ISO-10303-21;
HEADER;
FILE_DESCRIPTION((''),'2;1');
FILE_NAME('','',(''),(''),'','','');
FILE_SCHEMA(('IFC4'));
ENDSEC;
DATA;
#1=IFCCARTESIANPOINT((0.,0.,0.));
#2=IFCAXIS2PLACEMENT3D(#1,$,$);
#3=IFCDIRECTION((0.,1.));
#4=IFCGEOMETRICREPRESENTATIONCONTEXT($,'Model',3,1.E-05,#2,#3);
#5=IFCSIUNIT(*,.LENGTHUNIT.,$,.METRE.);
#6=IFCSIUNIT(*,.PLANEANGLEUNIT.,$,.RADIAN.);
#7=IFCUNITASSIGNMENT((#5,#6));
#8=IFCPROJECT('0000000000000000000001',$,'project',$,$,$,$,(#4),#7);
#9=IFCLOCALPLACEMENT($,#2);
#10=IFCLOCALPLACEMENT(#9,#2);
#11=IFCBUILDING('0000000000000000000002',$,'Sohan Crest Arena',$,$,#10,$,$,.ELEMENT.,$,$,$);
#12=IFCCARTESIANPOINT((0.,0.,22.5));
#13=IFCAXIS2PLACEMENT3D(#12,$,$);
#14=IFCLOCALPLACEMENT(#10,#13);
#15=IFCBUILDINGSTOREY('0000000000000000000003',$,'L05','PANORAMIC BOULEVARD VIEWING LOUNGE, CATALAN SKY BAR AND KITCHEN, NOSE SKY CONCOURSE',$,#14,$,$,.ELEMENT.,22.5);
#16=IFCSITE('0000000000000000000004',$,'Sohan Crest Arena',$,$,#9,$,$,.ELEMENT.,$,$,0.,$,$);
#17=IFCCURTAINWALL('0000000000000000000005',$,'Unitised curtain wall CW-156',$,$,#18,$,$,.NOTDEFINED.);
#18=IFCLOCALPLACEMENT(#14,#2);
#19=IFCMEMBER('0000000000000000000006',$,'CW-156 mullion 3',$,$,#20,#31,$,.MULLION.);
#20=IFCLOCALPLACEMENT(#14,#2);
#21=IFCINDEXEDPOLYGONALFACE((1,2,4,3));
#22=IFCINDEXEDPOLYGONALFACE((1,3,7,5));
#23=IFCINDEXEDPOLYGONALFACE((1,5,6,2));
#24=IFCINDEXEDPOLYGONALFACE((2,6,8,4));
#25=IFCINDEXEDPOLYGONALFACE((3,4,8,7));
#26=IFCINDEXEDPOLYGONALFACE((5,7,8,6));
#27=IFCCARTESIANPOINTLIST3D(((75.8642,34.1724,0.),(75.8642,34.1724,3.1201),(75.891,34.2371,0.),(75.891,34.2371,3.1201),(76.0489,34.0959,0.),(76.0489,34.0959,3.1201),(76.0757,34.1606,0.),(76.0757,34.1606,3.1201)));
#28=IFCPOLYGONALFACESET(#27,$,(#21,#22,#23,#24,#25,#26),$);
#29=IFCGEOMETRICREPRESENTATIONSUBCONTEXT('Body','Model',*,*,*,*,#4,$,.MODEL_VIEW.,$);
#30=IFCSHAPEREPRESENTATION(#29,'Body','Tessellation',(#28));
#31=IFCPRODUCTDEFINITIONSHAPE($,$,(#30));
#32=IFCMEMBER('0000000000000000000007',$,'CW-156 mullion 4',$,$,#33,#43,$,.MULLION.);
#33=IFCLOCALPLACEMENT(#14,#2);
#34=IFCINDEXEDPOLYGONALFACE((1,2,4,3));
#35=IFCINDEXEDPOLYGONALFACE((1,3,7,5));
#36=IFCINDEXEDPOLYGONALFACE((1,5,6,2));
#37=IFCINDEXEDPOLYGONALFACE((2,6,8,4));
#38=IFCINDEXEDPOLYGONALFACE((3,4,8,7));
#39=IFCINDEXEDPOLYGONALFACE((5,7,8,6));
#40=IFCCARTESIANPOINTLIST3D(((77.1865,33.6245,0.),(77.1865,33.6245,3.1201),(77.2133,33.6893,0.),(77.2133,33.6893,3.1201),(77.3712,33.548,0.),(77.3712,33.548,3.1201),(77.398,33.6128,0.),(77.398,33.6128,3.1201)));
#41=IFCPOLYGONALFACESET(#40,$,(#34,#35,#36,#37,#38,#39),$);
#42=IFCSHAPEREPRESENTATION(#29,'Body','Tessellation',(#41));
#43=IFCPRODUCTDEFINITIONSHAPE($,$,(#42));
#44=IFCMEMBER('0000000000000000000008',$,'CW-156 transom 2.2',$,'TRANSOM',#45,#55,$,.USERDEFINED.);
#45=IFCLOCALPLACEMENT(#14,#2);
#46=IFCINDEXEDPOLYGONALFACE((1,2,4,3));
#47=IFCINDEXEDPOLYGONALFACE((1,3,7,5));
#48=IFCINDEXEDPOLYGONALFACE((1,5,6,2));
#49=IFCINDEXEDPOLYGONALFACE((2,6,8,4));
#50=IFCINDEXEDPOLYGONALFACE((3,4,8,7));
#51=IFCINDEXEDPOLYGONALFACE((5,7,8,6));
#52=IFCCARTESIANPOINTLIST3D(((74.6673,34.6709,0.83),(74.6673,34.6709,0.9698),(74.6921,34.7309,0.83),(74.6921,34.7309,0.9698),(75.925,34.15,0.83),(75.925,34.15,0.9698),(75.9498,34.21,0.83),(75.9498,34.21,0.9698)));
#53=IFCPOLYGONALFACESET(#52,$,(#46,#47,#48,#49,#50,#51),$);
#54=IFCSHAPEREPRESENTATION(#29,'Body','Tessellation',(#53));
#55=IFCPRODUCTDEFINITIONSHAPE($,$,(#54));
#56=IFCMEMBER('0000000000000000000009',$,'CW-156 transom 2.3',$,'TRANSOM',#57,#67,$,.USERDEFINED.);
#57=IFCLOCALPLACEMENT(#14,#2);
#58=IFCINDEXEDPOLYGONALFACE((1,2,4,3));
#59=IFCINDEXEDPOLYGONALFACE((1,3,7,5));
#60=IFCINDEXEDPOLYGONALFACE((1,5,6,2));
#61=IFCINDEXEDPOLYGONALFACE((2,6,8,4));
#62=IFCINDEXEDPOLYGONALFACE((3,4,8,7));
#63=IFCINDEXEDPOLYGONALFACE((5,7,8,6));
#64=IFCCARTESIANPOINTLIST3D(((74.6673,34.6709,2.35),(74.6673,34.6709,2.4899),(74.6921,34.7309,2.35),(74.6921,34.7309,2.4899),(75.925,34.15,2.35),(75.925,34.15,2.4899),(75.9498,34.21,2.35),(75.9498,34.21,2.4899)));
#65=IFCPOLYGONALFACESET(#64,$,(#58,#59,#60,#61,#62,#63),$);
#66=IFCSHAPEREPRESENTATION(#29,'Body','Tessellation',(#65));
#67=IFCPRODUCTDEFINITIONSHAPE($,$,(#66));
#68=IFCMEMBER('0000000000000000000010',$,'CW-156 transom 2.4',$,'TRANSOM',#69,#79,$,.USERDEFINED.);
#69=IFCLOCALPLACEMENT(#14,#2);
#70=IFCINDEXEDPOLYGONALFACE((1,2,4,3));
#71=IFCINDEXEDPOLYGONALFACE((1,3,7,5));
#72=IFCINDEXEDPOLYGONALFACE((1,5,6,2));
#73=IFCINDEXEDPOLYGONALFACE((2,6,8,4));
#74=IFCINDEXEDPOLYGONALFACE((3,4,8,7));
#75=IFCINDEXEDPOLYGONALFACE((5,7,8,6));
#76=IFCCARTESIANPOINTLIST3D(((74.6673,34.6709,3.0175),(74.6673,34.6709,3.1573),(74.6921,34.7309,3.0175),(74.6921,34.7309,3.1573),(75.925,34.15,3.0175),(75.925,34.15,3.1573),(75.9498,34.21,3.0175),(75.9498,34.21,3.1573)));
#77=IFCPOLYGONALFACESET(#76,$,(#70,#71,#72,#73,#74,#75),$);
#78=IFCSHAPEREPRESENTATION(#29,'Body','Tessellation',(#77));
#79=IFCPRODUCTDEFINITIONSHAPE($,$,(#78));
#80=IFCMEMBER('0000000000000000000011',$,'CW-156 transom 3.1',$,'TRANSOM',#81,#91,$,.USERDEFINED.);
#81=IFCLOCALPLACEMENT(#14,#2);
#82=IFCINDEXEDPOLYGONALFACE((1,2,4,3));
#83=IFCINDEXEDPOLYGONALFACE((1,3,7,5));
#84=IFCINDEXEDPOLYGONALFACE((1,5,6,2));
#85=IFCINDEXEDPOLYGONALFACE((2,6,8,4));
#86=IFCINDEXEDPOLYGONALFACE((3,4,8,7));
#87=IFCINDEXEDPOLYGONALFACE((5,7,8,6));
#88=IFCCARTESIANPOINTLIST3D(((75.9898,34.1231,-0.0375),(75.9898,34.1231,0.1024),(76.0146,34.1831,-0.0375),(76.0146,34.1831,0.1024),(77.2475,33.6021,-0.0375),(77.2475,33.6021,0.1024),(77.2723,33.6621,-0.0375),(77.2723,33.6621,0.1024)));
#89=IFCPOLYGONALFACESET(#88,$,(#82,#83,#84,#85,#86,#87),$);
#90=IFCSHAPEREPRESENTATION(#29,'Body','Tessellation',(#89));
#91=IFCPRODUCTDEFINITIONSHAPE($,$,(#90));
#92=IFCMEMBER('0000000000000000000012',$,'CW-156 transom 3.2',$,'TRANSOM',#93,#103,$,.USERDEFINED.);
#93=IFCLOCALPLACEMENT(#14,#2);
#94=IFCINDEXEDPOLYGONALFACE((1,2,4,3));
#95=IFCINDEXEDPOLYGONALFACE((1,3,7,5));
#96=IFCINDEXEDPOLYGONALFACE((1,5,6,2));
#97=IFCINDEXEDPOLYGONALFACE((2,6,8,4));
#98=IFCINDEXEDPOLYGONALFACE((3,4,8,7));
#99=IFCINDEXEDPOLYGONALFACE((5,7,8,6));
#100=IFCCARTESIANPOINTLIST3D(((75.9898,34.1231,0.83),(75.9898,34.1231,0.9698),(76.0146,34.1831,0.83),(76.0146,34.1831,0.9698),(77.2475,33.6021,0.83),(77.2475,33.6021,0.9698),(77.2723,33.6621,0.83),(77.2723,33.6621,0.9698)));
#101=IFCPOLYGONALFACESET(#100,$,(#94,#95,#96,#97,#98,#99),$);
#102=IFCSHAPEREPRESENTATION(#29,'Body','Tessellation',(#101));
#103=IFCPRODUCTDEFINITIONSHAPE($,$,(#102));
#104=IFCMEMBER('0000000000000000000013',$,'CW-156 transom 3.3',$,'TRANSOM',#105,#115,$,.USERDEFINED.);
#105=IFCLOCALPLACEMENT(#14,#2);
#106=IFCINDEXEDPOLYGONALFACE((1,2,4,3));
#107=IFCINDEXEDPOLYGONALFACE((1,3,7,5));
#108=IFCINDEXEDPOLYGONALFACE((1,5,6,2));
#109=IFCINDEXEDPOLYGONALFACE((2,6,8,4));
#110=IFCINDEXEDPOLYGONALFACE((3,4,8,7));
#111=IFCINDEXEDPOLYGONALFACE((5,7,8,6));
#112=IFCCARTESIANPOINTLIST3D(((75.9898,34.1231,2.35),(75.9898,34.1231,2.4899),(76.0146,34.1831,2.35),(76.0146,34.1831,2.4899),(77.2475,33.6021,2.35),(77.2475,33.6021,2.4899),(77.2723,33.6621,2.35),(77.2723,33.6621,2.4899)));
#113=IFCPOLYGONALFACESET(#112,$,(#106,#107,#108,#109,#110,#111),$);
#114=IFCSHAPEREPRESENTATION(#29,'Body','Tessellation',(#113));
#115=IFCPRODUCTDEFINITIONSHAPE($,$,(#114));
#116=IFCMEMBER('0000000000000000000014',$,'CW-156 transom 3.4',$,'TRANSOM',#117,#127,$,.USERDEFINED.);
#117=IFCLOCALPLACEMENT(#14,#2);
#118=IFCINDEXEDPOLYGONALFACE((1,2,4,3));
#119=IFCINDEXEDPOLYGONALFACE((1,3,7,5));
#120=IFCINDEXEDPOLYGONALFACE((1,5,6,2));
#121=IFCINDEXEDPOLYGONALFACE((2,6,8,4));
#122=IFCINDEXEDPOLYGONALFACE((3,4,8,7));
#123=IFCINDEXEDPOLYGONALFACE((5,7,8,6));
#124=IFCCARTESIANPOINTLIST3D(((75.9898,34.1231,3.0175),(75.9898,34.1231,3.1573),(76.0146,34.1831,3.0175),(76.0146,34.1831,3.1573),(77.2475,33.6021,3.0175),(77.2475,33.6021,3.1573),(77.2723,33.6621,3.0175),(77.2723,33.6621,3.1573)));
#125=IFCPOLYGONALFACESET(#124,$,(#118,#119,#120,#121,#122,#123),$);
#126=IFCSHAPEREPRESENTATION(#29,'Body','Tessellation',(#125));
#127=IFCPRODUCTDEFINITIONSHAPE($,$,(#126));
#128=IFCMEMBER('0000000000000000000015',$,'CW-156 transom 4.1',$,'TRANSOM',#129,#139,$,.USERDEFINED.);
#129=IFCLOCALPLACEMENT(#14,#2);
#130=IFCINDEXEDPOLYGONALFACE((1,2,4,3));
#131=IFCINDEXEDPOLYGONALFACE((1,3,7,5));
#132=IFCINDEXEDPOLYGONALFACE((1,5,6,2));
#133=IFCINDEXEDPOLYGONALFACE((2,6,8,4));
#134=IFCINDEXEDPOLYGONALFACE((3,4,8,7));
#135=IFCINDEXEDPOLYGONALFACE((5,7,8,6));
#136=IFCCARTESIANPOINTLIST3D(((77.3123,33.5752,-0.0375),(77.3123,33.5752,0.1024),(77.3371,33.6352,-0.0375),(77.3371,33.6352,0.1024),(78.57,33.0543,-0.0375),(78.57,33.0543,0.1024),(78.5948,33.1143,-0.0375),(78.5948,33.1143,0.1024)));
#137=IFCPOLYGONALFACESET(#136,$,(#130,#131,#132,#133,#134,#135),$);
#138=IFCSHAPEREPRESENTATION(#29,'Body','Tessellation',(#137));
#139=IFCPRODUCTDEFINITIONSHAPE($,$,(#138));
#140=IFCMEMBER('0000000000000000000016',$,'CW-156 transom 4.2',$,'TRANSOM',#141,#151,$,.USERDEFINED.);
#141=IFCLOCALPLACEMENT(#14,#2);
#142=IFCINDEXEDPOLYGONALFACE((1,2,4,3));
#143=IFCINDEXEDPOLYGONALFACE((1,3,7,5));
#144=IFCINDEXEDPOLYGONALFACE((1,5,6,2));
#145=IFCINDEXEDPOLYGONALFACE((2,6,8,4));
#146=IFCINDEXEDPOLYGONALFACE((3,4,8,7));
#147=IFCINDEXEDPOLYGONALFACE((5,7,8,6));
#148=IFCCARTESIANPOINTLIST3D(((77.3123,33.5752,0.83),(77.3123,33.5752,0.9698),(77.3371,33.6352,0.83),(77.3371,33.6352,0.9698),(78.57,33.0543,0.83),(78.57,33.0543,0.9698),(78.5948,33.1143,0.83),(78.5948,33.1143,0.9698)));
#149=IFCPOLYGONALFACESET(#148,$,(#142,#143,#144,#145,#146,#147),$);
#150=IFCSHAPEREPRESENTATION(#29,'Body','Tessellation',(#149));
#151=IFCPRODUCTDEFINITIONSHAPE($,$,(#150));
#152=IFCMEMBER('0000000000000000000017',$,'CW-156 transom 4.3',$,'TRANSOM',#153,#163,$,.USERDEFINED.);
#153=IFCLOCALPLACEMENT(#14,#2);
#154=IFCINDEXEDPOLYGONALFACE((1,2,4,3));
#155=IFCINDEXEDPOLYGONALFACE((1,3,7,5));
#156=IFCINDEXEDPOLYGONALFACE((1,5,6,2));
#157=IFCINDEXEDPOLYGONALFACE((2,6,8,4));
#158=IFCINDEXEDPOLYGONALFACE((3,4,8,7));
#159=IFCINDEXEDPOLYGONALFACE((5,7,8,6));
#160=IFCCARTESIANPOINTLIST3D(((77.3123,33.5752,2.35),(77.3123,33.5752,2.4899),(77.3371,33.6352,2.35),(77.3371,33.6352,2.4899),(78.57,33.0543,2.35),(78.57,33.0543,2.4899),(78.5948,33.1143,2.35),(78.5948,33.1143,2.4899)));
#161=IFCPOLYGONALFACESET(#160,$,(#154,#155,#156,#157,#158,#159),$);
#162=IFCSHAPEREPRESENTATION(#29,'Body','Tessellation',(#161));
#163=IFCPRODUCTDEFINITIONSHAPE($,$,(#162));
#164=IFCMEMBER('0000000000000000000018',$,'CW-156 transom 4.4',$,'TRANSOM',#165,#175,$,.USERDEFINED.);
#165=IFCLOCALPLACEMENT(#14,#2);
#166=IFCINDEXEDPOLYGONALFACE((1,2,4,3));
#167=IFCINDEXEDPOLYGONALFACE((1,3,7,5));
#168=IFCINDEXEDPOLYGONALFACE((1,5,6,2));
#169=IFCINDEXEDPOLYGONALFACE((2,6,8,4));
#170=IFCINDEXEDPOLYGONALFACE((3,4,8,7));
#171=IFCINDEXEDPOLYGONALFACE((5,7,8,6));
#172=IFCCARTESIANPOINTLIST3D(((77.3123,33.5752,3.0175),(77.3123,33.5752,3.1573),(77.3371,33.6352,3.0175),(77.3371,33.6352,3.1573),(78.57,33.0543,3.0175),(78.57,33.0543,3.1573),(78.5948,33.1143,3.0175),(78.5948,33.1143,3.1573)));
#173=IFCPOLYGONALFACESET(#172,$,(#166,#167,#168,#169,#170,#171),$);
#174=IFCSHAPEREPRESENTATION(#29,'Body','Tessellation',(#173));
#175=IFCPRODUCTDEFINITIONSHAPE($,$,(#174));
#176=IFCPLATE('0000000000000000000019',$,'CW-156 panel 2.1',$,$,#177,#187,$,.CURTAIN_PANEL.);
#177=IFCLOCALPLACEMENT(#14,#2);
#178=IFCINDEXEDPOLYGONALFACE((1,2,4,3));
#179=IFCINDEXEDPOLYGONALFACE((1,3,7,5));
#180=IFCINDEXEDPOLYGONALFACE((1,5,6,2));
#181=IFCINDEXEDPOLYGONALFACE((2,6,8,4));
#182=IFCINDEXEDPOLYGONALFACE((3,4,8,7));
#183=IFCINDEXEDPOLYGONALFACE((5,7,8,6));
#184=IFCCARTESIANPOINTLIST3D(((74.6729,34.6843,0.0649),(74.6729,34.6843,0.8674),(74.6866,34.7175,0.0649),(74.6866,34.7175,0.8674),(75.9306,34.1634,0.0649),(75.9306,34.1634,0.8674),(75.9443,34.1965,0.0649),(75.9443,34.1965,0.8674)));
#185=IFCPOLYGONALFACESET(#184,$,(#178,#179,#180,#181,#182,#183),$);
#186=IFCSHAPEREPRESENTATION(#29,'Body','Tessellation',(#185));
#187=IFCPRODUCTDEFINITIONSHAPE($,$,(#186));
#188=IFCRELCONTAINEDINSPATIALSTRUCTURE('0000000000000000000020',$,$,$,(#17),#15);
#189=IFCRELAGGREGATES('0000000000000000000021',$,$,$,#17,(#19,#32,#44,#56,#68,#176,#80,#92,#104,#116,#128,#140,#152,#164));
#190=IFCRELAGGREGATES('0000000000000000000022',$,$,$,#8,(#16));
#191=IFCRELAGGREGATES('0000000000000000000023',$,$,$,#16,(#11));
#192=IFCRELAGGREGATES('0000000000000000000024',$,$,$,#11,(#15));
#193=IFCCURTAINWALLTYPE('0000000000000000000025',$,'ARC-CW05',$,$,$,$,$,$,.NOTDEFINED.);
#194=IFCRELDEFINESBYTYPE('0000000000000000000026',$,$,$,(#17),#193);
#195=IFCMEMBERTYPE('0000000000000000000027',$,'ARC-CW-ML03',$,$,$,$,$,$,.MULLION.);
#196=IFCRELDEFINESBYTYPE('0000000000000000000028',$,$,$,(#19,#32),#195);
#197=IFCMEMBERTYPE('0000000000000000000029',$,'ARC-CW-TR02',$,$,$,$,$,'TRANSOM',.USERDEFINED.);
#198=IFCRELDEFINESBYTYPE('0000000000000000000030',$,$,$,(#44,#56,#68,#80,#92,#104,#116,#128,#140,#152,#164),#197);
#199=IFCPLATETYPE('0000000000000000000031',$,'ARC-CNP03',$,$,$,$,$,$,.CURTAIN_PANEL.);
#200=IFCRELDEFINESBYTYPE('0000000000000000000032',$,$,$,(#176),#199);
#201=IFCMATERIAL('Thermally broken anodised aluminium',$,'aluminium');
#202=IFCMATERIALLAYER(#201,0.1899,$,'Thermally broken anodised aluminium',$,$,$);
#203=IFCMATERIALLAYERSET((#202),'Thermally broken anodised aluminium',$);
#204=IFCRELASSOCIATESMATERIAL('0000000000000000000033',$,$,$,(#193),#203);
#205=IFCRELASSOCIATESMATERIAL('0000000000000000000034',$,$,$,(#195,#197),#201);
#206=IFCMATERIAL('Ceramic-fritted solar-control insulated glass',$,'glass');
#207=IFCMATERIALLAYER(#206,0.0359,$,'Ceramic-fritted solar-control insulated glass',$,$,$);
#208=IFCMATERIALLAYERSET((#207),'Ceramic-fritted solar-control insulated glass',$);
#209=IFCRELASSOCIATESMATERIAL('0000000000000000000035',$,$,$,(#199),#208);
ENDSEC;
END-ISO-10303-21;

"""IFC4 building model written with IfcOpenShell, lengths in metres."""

from ifc_helpers import new_model, si_unit, direction, frame, origin, origin_2d, place, context, subcontext, project, spatial, rectangle, extrude, material, layer, layer_set, material_profile, profile_set, type_object, element, aggregate, save


model = new_model("IFC4")

# Units and contexts
model_context = context("Model", 3, precision=1e-05, world=origin(), true_north=direction((0.0, 1.0)))
body_context = subcontext(model_context, "Body", "Model", "MODEL_VIEW")
ifc_project = project(units=[si_unit("LENGTHUNIT", "METRE"), si_unit("PLANEANGLEUNIT", "RADIAN")], contexts=[model_context])

# Site, building, storey
site_placement = place(None, origin())
site = spatial("IfcSite", under=ifc_project, at=site_placement, Name="Sohan Crest Arena", CompositionType="ELEMENT", RefElevation=0.0)
building_placement = place(site_placement, origin())
building = spatial("IfcBuilding", under=site, at=building_placement, Name="Sohan Crest Arena", CompositionType="ELEMENT")
storey_placement = place(building_placement, frame((0.0, 0.0, 22.5)))
storey = spatial("IfcBuildingStorey", under=building, at=storey_placement, Name="L05", Description="PANORAMIC BOULEVARD VIEWING LOUNGE, CATALAN SKY BAR AND KITCHEN, NOSE SKY CONCOURSE", CompositionType="ELEMENT", Elevation=22.5)

# Curtain wall, members, plate
ifc_material_1 = material(Name="Thermally broken anodised aluminium", Category="aluminium")
ifc_layer_1 = layer(ifc_material_1, 0.1899, Name="Thermally broken anodised aluminium")
ifc_layer_set_1 = layer_set([ifc_layer_1], Name="Thermally broken anodised aluminium")
curtain_wall_type = type_object("IfcCurtainWallType", Name="ARC-CW05", PredefinedType="NOTDEFINED", material=ifc_layer_set_1)
curtain_wall_placement = place(storey_placement, origin())
curtain_wall = element("IfcCurtainWall", 1, at=curtain_wall_placement, inside=storey, type_object=curtain_wall_type, Name="Unitised curtain wall CW-156", PredefinedType="NOTDEFINED")
ifc_material_profile_1 = material_profile(ifc_material_1, rectangle(XDim=0.0701, YDim=0.2, at=origin_2d()), Name="ALU-MULL 70x200")
ifc_profile_set_1 = profile_set([ifc_material_profile_1], Name="Thermally broken anodised aluminium")
member_type_1 = type_object("IfcMemberType", Name="ARC-CW-ML03", PredefinedType="MULLION", material=ifc_profile_set_1)
member_1_placement = place(storey_placement, frame((75.97, 34.1665, 0.0), z_axis=(0.0, 0.0, 1.0), x_axis=(0.382685, 0.923879, 0.0)))
member_1 = element("IfcMember", 2, at=member_1_placement, type_object=member_type_1, Name="CW-156 mullion 3", PredefinedType="MULLION", context=body_context, shape_type="SweptSolid", body=[
    extrude(rectangle(XDim=0.0701, YDim=0.2, at=origin_2d()), origin(), (0.0, 0.0, 1.0), 3.1201),
])
member_2_placement = place(storey_placement, frame((77.2922, 33.6187, 0.0), z_axis=(0.0, 0.0, 1.0), x_axis=(0.382685, 0.923879, 0.0)))
member_2 = element("IfcMember", 3, at=member_2_placement, type_object=member_type_1, Name="CW-156 mullion 4", PredefinedType="MULLION", context=body_context, shape_type="SweptSolid", body=[
    extrude(rectangle(XDim=0.0701, YDim=0.2, at=origin_2d()), origin(), (0.0, 0.0, 1.0), 3.1201),
])
ifc_material_profile_2 = material_profile(ifc_material_1, rectangle(XDim=0.0649, YDim=0.1399, at=origin_2d()), Name="ALU-TRAN 65x140")
ifc_profile_set_2 = profile_set([ifc_material_profile_2], Name="Thermally broken anodised aluminium")
member_type_2 = type_object("IfcMemberType", Name="ARC-CW-TR02", ElementType="TRANSOM", PredefinedType="USERDEFINED", material=ifc_profile_set_2)
member_3_placement = place(storey_placement, frame((74.6797, 34.7009, 0.8999), z_axis=(0.923881, -0.382679, 0.0), x_axis=(0.382679, 0.923881, 0.0)))
member_3 = element("IfcMember", 4, at=member_3_placement, type_object=member_type_2, Name="CW-156 transom 2.2", ObjectType="TRANSOM", PredefinedType="USERDEFINED", context=body_context, shape_type="SweptSolid", body=[
    extrude(rectangle(XDim=0.0649, YDim=0.1399, at=origin_2d()), origin(), (0.0, 0.0, 1.0), 1.3613),
])
member_4_placement = place(storey_placement, frame((74.6797, 34.7009, 2.4199), z_axis=(0.923881, -0.382679, 0.0), x_axis=(0.382679, 0.923881, 0.0)))
member_4 = element("IfcMember", 5, at=member_4_placement, type_object=member_type_2, Name="CW-156 transom 2.3", ObjectType="TRANSOM", PredefinedType="USERDEFINED", context=body_context, shape_type="SweptSolid", body=[
    extrude(rectangle(XDim=0.0649, YDim=0.1399, at=origin_2d()), origin(), (0.0, 0.0, 1.0), 1.3613),
])
member_5_placement = place(storey_placement, frame((74.6797, 34.7009, 3.0874), z_axis=(0.923881, -0.382679, 0.0), x_axis=(0.382679, 0.923881, 0.0)))
member_5 = element("IfcMember", 6, at=member_5_placement, type_object=member_type_2, Name="CW-156 transom 2.4", ObjectType="TRANSOM", PredefinedType="USERDEFINED", context=body_context, shape_type="SweptSolid", body=[
    extrude(rectangle(XDim=0.0649, YDim=0.1399, at=origin_2d()), origin(), (0.0, 0.0, 1.0), 1.3613),
])
member_6_placement = place(storey_placement, frame((76.0022, 34.1531, 0.0325), z_axis=(0.923881, -0.382679, 0.0), x_axis=(0.382679, 0.923881, 0.0)))
member_6 = element("IfcMember", 7, at=member_6_placement, type_object=member_type_2, Name="CW-156 transom 3.1", ObjectType="TRANSOM", PredefinedType="USERDEFINED", context=body_context, shape_type="SweptSolid", body=[
    extrude(rectangle(XDim=0.0649, YDim=0.1399, at=origin_2d()), origin(), (0.0, 0.0, 1.0), 1.3613),
])
member_7_placement = place(storey_placement, frame((76.0022, 34.1531, 0.8999), z_axis=(0.923881, -0.382679, 0.0), x_axis=(0.382679, 0.923881, 0.0)))
member_7 = element("IfcMember", 8, at=member_7_placement, type_object=member_type_2, Name="CW-156 transom 3.2", ObjectType="TRANSOM", PredefinedType="USERDEFINED", context=body_context, shape_type="SweptSolid", body=[
    extrude(rectangle(XDim=0.0649, YDim=0.1399, at=origin_2d()), origin(), (0.0, 0.0, 1.0), 1.3613),
])
member_8_placement = place(storey_placement, frame((76.0022, 34.1531, 2.4199), z_axis=(0.923881, -0.382679, 0.0), x_axis=(0.382679, 0.923881, 0.0)))
member_8 = element("IfcMember", 9, at=member_8_placement, type_object=member_type_2, Name="CW-156 transom 3.3", ObjectType="TRANSOM", PredefinedType="USERDEFINED", context=body_context, shape_type="SweptSolid", body=[
    extrude(rectangle(XDim=0.0649, YDim=0.1399, at=origin_2d()), origin(), (0.0, 0.0, 1.0), 1.3613),
])
member_9_placement = place(storey_placement, frame((76.0022, 34.1531, 3.0874), z_axis=(0.923881, -0.382679, 0.0), x_axis=(0.382679, 0.923881, 0.0)))
member_9 = element("IfcMember", 10, at=member_9_placement, type_object=member_type_2, Name="CW-156 transom 3.4", ObjectType="TRANSOM", PredefinedType="USERDEFINED", context=body_context, shape_type="SweptSolid", body=[
    extrude(rectangle(XDim=0.0649, YDim=0.1399, at=origin_2d()), origin(), (0.0, 0.0, 1.0), 1.3613),
])
member_10_placement = place(storey_placement, frame((77.3247, 33.6052, 0.0325), z_axis=(0.923881, -0.382679, 0.0), x_axis=(0.382679, 0.923881, 0.0)))
member_10 = element("IfcMember", 11, at=member_10_placement, type_object=member_type_2, Name="CW-156 transom 4.1", ObjectType="TRANSOM", PredefinedType="USERDEFINED", context=body_context, shape_type="SweptSolid", body=[
    extrude(rectangle(XDim=0.0649, YDim=0.1399, at=origin_2d()), origin(), (0.0, 0.0, 1.0), 1.3613),
])
member_11_placement = place(storey_placement, frame((77.3247, 33.6052, 0.8999), z_axis=(0.923881, -0.382679, 0.0), x_axis=(0.382679, 0.923881, 0.0)))
member_11 = element("IfcMember", 12, at=member_11_placement, type_object=member_type_2, Name="CW-156 transom 4.2", ObjectType="TRANSOM", PredefinedType="USERDEFINED", context=body_context, shape_type="SweptSolid", body=[
    extrude(rectangle(XDim=0.0649, YDim=0.1399, at=origin_2d()), origin(), (0.0, 0.0, 1.0), 1.3613),
])
member_12_placement = place(storey_placement, frame((77.3247, 33.6052, 2.4199), z_axis=(0.923881, -0.382679, 0.0), x_axis=(0.382679, 0.923881, 0.0)))
member_12 = element("IfcMember", 13, at=member_12_placement, type_object=member_type_2, Name="CW-156 transom 4.3", ObjectType="TRANSOM", PredefinedType="USERDEFINED", context=body_context, shape_type="SweptSolid", body=[
    extrude(rectangle(XDim=0.0649, YDim=0.1399, at=origin_2d()), origin(), (0.0, 0.0, 1.0), 1.3613),
])
member_13_placement = place(storey_placement, frame((77.3247, 33.6052, 3.0874), z_axis=(0.923881, -0.382679, 0.0), x_axis=(0.382679, 0.923881, 0.0)))
member_13 = element("IfcMember", 14, at=member_13_placement, type_object=member_type_2, Name="CW-156 transom 4.4", ObjectType="TRANSOM", PredefinedType="USERDEFINED", context=body_context, shape_type="SweptSolid", body=[
    extrude(rectangle(XDim=0.0649, YDim=0.1399, at=origin_2d()), origin(), (0.0, 0.0, 1.0), 1.3613),
])
ifc_material_2 = material(Name="Ceramic-fritted solar-control insulated glass", Category="glass")
ifc_layer_2 = layer(ifc_material_2, 0.0359, Name="Ceramic-fritted solar-control insulated glass")
ifc_layer_set_2 = layer_set([ifc_layer_2], Name="Ceramic-fritted solar-control insulated glass")
plate_type = type_object("IfcPlateType", Name="ARC-CNP03", PredefinedType="CURTAIN_PANEL", material=ifc_layer_set_2)
plate_1_placement = place(storey_placement, frame((75.3086, 34.4404, 0.0649), z_axis=(0.0, 0.0, 1.0), x_axis=(0.923879, -0.382685, 0.0)))
plate_1 = element("IfcPlate", 15, at=plate_1_placement, type_object=plate_type, Name="CW-156 panel 2.1", PredefinedType="CURTAIN_PANEL", context=body_context, shape_type="SweptSolid", body=[
    extrude(rectangle(XDim=1.3613, YDim=0.0359, at=origin_2d()), origin(), (0.0, 0.0, 1.0), 0.8025),
])
aggregate(curtain_wall, [member_1, member_2, member_3, member_4, member_5, plate_1, member_6, member_7, member_8, member_9, member_10, member_11, member_12, member_13])

save(model, "model.ifc")
